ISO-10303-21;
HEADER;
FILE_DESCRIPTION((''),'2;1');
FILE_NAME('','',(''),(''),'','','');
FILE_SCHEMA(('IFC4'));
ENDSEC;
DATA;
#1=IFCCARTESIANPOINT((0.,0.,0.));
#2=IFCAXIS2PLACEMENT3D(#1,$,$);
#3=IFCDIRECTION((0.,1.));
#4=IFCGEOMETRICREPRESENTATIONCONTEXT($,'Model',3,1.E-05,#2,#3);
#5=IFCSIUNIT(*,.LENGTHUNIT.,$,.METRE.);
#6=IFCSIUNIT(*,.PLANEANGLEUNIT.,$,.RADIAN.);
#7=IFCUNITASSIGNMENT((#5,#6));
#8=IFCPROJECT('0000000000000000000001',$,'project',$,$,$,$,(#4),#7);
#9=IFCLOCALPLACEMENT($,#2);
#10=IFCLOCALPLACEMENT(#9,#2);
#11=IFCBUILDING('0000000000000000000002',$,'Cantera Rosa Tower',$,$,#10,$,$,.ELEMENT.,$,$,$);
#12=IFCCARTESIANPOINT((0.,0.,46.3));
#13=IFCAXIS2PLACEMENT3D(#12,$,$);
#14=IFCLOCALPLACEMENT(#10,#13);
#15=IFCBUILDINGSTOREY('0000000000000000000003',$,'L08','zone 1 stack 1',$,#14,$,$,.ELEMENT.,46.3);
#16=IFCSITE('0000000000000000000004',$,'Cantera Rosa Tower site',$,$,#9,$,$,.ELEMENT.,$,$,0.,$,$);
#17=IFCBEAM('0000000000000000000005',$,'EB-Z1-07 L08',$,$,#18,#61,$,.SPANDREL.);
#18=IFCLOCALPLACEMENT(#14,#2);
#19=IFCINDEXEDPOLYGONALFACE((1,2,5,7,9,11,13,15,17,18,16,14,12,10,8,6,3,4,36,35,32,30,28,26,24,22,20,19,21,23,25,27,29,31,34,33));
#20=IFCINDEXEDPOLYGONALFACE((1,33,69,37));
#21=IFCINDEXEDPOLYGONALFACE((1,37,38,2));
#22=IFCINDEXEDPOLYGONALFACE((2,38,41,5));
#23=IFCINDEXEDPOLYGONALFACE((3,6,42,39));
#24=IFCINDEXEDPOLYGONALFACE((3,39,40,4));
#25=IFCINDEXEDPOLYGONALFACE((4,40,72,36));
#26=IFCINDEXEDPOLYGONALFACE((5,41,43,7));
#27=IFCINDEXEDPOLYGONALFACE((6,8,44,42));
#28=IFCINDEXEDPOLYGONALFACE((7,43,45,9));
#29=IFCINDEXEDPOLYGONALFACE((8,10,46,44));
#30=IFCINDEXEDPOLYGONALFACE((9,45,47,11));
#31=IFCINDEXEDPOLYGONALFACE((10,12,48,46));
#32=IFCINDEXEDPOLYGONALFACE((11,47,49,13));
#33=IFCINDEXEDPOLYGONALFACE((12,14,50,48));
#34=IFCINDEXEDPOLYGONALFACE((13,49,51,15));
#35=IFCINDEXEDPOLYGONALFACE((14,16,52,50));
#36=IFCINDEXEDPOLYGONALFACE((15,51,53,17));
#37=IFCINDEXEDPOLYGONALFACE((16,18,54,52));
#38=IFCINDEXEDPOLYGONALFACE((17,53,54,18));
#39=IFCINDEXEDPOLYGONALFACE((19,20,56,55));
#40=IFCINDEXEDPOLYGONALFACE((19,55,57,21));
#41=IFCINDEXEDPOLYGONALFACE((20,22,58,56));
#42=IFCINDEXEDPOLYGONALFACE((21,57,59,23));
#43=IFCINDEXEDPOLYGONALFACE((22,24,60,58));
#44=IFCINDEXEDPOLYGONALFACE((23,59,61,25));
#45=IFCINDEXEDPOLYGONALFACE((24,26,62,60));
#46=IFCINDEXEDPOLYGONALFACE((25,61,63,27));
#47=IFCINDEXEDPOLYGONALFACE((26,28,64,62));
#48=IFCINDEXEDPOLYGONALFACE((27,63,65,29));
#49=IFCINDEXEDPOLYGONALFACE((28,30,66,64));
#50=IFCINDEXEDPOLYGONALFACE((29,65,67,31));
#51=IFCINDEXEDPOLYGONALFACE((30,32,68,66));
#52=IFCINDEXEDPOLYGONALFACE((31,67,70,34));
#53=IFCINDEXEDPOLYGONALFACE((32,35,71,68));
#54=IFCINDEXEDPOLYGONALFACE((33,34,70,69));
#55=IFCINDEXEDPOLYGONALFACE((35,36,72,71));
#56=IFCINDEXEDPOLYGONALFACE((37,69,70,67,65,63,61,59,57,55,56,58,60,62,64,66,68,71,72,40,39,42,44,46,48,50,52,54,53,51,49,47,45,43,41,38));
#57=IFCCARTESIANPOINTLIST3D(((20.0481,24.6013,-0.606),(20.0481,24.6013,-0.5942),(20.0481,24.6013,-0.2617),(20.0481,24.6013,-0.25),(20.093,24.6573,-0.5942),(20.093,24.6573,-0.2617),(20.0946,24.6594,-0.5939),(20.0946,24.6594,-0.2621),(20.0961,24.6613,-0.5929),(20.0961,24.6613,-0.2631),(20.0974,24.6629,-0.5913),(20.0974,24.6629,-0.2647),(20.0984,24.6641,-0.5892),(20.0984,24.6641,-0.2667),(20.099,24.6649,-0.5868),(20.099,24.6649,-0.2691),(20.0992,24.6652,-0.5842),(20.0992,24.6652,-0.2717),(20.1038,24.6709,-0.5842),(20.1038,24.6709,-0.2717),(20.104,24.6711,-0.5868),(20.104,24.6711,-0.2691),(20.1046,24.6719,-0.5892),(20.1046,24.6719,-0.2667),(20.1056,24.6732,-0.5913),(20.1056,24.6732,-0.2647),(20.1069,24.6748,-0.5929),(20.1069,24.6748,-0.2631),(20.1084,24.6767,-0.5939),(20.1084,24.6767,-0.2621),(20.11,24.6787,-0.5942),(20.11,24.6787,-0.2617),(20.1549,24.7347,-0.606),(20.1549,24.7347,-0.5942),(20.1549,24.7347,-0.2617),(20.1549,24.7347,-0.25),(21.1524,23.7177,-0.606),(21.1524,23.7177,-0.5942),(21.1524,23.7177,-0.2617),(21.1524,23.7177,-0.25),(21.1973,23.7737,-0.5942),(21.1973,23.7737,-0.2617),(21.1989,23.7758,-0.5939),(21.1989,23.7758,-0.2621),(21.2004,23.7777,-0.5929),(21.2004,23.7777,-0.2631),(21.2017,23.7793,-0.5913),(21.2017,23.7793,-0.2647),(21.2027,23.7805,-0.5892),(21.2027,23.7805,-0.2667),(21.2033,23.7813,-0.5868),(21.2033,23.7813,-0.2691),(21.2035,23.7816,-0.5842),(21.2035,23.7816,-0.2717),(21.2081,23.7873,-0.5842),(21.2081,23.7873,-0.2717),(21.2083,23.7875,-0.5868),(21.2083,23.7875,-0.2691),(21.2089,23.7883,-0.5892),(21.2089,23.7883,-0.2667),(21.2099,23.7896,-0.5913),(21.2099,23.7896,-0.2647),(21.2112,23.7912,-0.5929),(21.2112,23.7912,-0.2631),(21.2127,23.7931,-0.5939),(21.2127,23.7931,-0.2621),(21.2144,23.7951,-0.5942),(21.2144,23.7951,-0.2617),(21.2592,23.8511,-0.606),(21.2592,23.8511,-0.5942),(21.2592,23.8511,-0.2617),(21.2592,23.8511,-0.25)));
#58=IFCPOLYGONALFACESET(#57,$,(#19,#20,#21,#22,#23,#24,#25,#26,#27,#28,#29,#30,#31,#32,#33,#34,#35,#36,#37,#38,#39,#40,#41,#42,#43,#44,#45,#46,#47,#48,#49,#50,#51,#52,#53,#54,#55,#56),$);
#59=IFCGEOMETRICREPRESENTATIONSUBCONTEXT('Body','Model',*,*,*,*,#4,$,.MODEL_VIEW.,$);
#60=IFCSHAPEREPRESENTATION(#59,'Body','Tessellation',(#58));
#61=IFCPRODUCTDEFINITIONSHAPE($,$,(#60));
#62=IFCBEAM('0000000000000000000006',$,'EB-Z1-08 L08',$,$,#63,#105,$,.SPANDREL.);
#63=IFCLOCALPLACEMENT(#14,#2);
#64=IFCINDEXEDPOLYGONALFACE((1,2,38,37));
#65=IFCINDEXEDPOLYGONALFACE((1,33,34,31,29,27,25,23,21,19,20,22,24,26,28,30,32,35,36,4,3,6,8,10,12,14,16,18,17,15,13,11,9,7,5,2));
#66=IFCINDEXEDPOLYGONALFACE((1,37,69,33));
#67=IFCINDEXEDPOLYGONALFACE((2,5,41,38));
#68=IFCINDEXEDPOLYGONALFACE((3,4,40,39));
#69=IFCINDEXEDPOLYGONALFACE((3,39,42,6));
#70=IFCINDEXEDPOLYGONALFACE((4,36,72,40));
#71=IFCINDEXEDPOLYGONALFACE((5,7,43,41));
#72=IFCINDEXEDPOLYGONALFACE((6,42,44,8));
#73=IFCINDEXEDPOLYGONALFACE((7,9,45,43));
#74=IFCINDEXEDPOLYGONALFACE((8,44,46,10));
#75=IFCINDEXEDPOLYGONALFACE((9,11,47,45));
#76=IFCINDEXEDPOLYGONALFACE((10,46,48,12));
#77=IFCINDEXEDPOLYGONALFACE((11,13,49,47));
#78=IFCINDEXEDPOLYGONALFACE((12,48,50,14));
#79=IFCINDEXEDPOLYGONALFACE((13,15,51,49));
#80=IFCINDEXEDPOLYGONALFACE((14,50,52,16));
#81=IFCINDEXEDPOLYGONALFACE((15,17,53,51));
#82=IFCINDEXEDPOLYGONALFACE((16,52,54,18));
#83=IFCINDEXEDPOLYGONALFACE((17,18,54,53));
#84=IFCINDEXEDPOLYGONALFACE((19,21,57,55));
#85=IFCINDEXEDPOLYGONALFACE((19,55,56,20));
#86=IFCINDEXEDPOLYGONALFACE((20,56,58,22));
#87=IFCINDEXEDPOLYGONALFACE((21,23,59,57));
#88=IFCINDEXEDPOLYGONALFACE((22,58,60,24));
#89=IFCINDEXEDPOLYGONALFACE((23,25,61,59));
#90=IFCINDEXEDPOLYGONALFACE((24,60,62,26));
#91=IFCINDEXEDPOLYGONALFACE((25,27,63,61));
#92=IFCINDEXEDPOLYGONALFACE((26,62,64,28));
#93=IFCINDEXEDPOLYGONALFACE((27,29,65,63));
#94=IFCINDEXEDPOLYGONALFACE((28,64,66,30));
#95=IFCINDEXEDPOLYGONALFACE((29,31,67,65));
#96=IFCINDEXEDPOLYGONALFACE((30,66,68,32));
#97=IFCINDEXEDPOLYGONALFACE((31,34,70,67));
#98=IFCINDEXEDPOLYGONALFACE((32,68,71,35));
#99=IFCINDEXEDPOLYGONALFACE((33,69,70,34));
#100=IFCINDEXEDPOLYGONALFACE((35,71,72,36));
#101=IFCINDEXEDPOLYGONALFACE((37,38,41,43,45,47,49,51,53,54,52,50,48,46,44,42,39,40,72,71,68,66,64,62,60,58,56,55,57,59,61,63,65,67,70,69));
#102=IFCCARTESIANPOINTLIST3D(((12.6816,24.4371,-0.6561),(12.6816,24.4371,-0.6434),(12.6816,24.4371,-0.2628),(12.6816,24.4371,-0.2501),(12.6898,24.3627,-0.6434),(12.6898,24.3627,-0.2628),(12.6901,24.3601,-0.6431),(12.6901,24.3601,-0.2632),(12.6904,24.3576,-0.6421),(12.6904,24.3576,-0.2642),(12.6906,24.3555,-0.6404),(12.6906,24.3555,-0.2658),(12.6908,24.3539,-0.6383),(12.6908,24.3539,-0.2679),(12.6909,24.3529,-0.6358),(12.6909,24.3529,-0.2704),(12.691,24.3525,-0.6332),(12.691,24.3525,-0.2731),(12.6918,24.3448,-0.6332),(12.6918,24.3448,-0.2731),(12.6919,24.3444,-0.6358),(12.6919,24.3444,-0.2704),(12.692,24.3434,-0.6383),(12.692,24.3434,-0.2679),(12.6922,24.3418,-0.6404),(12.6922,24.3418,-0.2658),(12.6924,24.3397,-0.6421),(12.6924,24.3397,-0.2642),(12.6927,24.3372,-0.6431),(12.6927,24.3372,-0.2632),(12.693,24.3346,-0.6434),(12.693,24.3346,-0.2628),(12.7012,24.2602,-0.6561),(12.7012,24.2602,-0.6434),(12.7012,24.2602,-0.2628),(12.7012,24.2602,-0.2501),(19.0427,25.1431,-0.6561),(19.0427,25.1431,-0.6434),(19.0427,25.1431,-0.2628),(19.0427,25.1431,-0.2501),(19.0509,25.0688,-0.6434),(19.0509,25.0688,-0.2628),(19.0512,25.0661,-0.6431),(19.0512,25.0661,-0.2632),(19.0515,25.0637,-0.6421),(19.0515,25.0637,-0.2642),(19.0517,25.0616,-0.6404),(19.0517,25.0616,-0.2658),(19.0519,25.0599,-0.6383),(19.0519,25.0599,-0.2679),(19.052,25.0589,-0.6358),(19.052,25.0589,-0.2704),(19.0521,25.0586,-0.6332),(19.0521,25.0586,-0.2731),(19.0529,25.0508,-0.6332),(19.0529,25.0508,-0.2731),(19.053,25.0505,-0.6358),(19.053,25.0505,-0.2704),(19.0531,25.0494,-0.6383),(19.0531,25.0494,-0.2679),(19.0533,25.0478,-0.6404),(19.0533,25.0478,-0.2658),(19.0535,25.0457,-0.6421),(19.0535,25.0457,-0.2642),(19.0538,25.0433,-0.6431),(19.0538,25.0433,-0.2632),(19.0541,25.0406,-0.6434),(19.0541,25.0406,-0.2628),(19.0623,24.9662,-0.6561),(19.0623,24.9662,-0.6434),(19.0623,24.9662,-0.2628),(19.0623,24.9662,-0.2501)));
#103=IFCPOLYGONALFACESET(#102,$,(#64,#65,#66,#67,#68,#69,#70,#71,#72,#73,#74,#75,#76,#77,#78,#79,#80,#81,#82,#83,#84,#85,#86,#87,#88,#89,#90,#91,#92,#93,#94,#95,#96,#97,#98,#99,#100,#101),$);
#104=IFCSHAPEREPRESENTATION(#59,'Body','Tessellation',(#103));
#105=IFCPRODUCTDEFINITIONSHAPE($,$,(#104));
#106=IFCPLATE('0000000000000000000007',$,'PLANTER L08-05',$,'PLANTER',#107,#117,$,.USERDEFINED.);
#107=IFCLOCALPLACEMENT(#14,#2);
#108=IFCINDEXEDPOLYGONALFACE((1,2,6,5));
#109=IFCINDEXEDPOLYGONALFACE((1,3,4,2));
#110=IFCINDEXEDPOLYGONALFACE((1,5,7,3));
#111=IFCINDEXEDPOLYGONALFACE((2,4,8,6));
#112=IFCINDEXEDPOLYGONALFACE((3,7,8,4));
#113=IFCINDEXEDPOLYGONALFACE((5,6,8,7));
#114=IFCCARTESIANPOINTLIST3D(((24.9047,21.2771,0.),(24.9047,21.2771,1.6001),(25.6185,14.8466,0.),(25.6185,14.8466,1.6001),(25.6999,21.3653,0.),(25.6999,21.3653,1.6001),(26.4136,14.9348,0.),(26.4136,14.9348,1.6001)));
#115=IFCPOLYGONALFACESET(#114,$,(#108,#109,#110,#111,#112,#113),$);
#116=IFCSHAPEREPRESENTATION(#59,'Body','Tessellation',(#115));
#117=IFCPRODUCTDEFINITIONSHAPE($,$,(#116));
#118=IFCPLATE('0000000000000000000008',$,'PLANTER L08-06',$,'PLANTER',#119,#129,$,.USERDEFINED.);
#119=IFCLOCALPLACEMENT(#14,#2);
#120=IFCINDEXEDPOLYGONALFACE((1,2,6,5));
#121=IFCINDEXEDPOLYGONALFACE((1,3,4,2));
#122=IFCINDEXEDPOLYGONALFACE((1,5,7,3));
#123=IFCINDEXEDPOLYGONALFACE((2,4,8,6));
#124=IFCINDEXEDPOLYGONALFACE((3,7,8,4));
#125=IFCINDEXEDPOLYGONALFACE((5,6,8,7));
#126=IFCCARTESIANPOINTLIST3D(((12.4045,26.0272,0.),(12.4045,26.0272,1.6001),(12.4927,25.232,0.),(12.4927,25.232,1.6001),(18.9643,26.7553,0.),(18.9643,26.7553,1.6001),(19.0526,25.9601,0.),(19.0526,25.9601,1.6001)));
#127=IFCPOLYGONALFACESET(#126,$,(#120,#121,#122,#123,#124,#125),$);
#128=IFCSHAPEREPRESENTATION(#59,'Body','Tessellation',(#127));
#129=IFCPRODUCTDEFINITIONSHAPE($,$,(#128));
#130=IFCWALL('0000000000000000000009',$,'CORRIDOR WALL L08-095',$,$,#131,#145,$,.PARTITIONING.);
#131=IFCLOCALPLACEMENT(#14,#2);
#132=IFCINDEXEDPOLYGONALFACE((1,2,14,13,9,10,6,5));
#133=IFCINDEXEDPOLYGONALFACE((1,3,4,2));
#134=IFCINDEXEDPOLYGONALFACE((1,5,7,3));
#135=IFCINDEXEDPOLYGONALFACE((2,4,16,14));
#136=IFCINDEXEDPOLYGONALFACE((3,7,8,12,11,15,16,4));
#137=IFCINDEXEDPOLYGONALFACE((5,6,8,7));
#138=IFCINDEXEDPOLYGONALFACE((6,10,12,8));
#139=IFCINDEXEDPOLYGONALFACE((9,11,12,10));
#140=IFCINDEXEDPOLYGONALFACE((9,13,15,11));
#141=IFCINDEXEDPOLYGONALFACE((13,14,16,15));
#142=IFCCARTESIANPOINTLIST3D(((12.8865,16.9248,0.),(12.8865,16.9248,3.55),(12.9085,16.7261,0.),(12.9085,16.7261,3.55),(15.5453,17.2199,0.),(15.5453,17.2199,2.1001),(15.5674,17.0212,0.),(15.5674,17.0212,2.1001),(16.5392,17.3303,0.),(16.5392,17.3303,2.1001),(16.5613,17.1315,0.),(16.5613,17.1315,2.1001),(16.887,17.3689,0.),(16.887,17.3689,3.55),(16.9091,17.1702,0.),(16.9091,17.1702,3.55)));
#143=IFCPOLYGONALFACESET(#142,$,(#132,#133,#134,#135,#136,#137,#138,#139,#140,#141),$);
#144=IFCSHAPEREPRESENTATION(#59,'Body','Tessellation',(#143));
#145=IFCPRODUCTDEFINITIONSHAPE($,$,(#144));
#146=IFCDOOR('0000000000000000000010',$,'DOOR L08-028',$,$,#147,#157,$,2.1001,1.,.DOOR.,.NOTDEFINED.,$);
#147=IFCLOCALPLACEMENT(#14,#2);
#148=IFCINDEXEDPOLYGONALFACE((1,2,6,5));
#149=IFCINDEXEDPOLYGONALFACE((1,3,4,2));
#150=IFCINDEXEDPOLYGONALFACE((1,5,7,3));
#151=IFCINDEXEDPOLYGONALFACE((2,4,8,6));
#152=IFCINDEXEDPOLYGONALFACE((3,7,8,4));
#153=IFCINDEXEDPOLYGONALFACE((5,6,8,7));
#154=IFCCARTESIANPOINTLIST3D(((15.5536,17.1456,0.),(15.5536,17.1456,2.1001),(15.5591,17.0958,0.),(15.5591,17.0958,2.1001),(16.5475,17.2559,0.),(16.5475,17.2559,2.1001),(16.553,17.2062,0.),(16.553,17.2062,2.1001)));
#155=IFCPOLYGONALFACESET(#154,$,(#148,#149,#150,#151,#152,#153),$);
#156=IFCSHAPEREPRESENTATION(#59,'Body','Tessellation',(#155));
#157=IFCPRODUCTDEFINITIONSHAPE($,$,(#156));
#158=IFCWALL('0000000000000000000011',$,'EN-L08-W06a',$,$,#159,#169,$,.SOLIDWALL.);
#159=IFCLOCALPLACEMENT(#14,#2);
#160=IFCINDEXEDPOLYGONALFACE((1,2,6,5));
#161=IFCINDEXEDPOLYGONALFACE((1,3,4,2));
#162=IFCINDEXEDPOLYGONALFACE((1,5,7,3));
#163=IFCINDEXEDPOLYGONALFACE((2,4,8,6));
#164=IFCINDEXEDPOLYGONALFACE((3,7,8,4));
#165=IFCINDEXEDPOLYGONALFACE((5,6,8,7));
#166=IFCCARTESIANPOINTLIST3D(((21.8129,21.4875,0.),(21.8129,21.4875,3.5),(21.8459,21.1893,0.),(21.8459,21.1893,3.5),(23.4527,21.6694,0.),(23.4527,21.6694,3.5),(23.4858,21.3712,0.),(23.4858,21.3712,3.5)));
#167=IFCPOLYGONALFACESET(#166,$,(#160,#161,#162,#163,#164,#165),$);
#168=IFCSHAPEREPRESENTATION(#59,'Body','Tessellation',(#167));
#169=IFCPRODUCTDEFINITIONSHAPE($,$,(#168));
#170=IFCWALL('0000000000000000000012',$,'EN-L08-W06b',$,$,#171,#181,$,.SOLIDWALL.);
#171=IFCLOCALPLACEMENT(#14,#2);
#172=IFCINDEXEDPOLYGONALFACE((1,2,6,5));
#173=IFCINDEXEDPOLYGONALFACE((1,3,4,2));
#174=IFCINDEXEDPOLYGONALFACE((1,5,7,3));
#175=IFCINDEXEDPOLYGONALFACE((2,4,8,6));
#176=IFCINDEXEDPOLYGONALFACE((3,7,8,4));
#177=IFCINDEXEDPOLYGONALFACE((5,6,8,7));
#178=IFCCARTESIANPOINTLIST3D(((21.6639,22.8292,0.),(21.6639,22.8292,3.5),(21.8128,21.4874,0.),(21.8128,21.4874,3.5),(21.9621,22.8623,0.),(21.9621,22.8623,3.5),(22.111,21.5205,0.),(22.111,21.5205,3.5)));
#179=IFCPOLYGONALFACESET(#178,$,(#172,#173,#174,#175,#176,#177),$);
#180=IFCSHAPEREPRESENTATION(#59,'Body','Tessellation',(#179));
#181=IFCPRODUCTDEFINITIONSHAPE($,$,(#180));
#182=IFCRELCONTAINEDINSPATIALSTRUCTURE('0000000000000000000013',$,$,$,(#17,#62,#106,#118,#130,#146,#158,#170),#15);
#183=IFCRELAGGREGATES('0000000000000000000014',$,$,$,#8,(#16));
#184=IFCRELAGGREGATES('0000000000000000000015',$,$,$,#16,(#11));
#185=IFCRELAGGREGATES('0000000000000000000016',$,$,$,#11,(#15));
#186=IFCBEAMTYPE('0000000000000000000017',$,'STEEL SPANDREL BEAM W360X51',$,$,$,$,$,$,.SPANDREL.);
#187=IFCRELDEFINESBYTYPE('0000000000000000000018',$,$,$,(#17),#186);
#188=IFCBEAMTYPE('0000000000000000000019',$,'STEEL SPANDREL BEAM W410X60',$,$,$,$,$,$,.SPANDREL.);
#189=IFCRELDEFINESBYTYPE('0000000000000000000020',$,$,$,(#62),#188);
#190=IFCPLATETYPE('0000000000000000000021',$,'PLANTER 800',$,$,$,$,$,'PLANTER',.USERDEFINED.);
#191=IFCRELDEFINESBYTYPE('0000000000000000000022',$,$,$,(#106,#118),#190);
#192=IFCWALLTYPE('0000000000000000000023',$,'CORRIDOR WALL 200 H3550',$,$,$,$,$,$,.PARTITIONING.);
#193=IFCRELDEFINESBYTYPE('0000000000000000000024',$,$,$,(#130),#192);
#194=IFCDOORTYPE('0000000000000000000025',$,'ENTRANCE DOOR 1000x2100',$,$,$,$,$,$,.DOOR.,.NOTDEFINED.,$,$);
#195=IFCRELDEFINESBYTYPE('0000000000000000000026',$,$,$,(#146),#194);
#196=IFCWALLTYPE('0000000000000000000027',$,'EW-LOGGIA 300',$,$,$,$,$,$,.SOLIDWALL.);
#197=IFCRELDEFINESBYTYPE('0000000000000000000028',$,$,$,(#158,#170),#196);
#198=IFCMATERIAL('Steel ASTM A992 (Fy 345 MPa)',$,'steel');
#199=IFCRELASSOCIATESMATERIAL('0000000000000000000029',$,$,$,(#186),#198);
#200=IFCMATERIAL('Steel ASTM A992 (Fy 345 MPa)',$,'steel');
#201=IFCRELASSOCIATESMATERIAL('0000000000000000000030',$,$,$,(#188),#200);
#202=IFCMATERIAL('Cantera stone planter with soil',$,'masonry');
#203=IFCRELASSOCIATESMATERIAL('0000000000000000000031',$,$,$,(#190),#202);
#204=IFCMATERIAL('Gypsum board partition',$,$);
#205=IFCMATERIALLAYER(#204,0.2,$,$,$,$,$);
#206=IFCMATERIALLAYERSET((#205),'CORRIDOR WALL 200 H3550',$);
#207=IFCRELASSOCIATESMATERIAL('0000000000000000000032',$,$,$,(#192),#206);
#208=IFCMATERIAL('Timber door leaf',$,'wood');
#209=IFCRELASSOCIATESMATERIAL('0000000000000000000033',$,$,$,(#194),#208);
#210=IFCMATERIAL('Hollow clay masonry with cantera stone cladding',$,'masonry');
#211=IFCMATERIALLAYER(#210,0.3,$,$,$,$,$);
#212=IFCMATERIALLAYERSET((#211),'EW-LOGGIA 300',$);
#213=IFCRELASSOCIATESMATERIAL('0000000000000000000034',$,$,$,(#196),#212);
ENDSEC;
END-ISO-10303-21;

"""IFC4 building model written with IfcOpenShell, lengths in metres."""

from ifc_helpers import new_model, si_unit, direction, frame, frame_2d, origin, origin_2d, place, context, subcontext, project, spatial, rectangle, i_section, extrude, material, layer, layer_set, material_profile, profile_set, type_object, element, fill, save


model = new_model("IFC4")

# Units and contexts
model_context = context("Model", 3, precision=1e-05, world=origin(), true_north=direction((0.0, 1.0)))
body_context = subcontext(model_context, "Body", "Model", "MODEL_VIEW")
ifc_project = project(units=[si_unit("LENGTHUNIT", "METRE"), si_unit("PLANEANGLEUNIT", "RADIAN")], contexts=[model_context])

# Site, building, storey
site_placement = place(None, origin())
site = spatial("IfcSite", under=ifc_project, at=site_placement, Name="Cantera Rosa Tower site", CompositionType="ELEMENT", RefElevation=0.0)
building_placement = place(site_placement, origin())
building = spatial("IfcBuilding", under=site, at=building_placement, Name="Cantera Rosa Tower", CompositionType="ELEMENT")
storey_placement = place(building_placement, frame((0.0, 0.0, 46.3)))
storey = spatial("IfcBuildingStorey", under=building, at=storey_placement, Name="L08", Description="zone 1 stack 1", CompositionType="ELEMENT", Elevation=46.3)

# Beams
ifc_material_1 = material(Name="Steel ASTM A992 (Fy 345 MPa)", Category="steel")
ifc_material_profile_1 = material_profile(ifc_material_1, i_section(OverallWidth=0.1709, OverallDepth=0.356, WebThickness=0.0073, FlangeThickness=0.0117, FilletRadius=0.01, at=origin_2d()), Name="W360X51")
ifc_profile_set_1 = profile_set([ifc_material_profile_1], Name="Steel ASTM A992 (Fy 345 MPa)")
beam_type_1 = type_object("IfcBeamType", Name="STEEL SPANDREL BEAM W360X51", PredefinedType="SPANDREL", material=ifc_profile_set_1)
for number, where, z_axis, x_axis, name in (
    (1, (21.2058, 23.7844, -0.428), (-0.780818, 0.624758, 0.0), (-0.624758, -0.780818, 0.0), "EB-Z1-07 L08"),
):
    element("IfcBeam", number, at=place(storey_placement, frame(where, z_axis=z_axis, x_axis=x_axis)), inside=storey, type_object=beam_type_1, Name=name, PredefinedType="SPANDREL", context=body_context, shape_type="SweptSolid", body=[
        extrude(i_section(OverallWidth=0.1709, OverallDepth=0.356, WebThickness=0.0073, FlangeThickness=0.0117, FilletRadius=0.01, at=origin_2d()), origin(), (0.0, 0.0, 1.0), 1.4143),
    ])
ifc_material_2 = material(Name="Steel ASTM A992 (Fy 345 MPa)", Category="steel")
ifc_material_profile_2 = material_profile(ifc_material_2, i_section(OverallWidth=0.178, OverallDepth=0.406, WebThickness=0.0078, FlangeThickness=0.0127, FilletRadius=0.0103, at=origin_2d()), Name="W410X60")
ifc_profile_set_2 = profile_set([ifc_material_profile_2], Name="Steel ASTM A992 (Fy 345 MPa)")
beam_type_2 = type_object("IfcBeamType", Name="STEEL SPANDREL BEAM W410X60", PredefinedType="SPANDREL", material=ifc_profile_set_2)
beam_1_placement = place(storey_placement, frame((19.0525, 25.0547, -0.4531), z_axis=(-0.993896, -0.110318, 0.0), x_axis=(0.110318, -0.993896, 0.0)))
element("IfcBeam", 2, at=beam_1_placement, inside=storey, type_object=beam_type_2, Name="EB-Z1-08 L08", PredefinedType="SPANDREL", context=body_context, shape_type="SweptSolid", body=[
    extrude(i_section(OverallWidth=0.178, OverallDepth=0.406, WebThickness=0.0078, FlangeThickness=0.0127, FilletRadius=0.0103, at=origin_2d()), origin(), (0.0, 0.0, 1.0), 6.4001),
])

# Plates
ifc_material_3 = material(Name="Cantera stone planter with soil", Category="masonry")
plate_type = type_object("IfcPlateType", Name="PLANTER 800", ElementType="PLANTER", PredefinedType="USERDEFINED", material=ifc_material_3)
plate_1_placement = place(storey_placement, frame((25.6592, 18.106, 0.0), z_axis=(0.0, 0.0, 1.0), x_axis=(-0.110313, 0.993897, 0.0)))
element("IfcPlate", 3, at=plate_1_placement, inside=storey, type_object=plate_type, Name="PLANTER L08-05", ObjectType="PLANTER", PredefinedType="USERDEFINED", context=body_context, shape_type="SweptSolid", body=[
    extrude(rectangle(XDim=6.47, YDim=0.8, at=origin_2d()), origin(), (0.0, 0.0, 1.0), 1.6001),
])
plate_2_placement = place(storey_placement, frame((15.7285, 25.9937, 0.0), z_axis=(0.0, 0.0, 1.0), x_axis=(-0.993897, -0.110313, 0.0)))
element("IfcPlate", 4, at=plate_2_placement, inside=storey, type_object=plate_type, Name="PLANTER L08-06", ObjectType="PLANTER", PredefinedType="USERDEFINED", context=body_context, shape_type="SweptSolid", body=[
    extrude(rectangle(XDim=6.6001, YDim=0.8, at=origin_2d()), origin(), (0.0, 0.0, 1.0), 1.6001),
])

# Wall, opening, door
ifc_material_4 = material(Name="Gypsum board partition")
ifc_layer_1 = layer(ifc_material_4, 0.2)
ifc_layer_set_1 = layer_set([ifc_layer_1], Name="CORRIDOR WALL 200 H3550")
wall_type_1 = type_object("IfcWallType", Name="CORRIDOR WALL 200 H3550", PredefinedType="PARTITIONING", material=ifc_layer_set_1)
wall_1_placement = place(storey_placement, frame((16.8982, 17.2695, 0.0), z_axis=(0.0, 0.0, 1.0), x_axis=(-0.993895, -0.110332, 0.0)))
wall_1 = element("IfcWall", 5, at=wall_1_placement, inside=storey, type_object=wall_type_1, Name="CORRIDOR WALL L08-095", PredefinedType="PARTITIONING", context=body_context, shape_type="SweptSolid", body=[
    extrude(rectangle(XDim=4.0251, YDim=0.2, at=frame_2d((2.0127, 0.0))), origin(), (0.0, 0.0, 1.0), 3.55),
])
opening_1_placement = place(wall_1_placement, frame((0.3501, 0.0, 0.0)))
opening_1 = element("IfcOpeningElement", 6, at=opening_1_placement, cuts=wall_1, PredefinedType="OPENING", context=body_context, shape_type="SweptSolid", body=[
    extrude(rectangle(XDim=1.0, YDim=2.1001, at=frame_2d((0.5, 1.05))), frame((0.0, 0.1099, 0.0), z_axis=(0.0, -1.0, 0.0), x_axis=(1.0, 0.0, 0.0)), (0.0, 0.0, 1.0), 0.22),
])
ifc_material_5 = material(Name="Timber door leaf", Category="wood")
door_type_1 = type_object("IfcDoorType", Name="ENTRANCE DOOR 1000x2100", OperationType="NOTDEFINED", PredefinedType="DOOR", material=ifc_material_5)
door_1_placement = place(opening_1_placement, origin())
door_1 = element("IfcDoor", 7, at=door_1_placement, inside=storey, type_object=door_type_1, Name="DOOR L08-028", OperationType="NOTDEFINED", OverallHeight=2.1001, OverallWidth=1.0, PredefinedType="DOOR", context=body_context, shape_type="SweptSolid", body=[
    extrude(rectangle(XDim=1.0, YDim=2.1001, at=frame_2d((0.5, 1.05))), frame((0.0, 0.0249, 0.0), z_axis=(0.0, -1.0, 0.0), x_axis=(1.0, 0.0, 0.0)), (0.0, 0.0, 1.0), 0.05),
])
fill(opening_1, door_1)

# Walls
ifc_material_6 = material(Name="Hollow clay masonry with cantera stone cladding", Category="masonry")
ifc_layer_2 = layer(ifc_material_6, 0.3)
ifc_layer_set_2 = layer_set([ifc_layer_2], Name="EW-LOGGIA 300")
wall_type_2 = type_object("IfcWallType", Name="EW-LOGGIA 300", PredefinedType="SOLIDWALL", material=ifc_layer_set_2)
wall_2_placement = place(storey_placement, frame((23.4692, 21.5203, 0.0), z_axis=(0.0, 0.0, 1.0), x_axis=(-0.993905, -0.110237, 0.0)))
element("IfcWall", 8, at=wall_2_placement, inside=storey, type_object=wall_type_2, Name="EN-L08-W06a", PredefinedType="SOLIDWALL", context=body_context, shape_type="SweptSolid", body=[
    extrude(rectangle(XDim=1.6499, YDim=0.3, at=frame_2d((0.825, 0.0))), origin(), (0.0, 0.0, 1.0), 3.5),
])
wall_3_placement = place(storey_placement, frame((21.9619, 21.5039, 0.0), z_axis=(0.0, 0.0, 1.0), x_axis=(-0.110312, 0.993897, 0.0)))
element("IfcWall", 9, at=wall_3_placement, inside=storey, type_object=wall_type_2, Name="EN-L08-W06b", PredefinedType="SOLIDWALL", context=body_context, shape_type="SweptSolid", body=[
    extrude(rectangle(XDim=1.3501, YDim=0.3, at=frame_2d((0.675, 0.0))), origin(), (0.0, 0.0, 1.0), 3.5),
])

save(model, "model.ifc")
